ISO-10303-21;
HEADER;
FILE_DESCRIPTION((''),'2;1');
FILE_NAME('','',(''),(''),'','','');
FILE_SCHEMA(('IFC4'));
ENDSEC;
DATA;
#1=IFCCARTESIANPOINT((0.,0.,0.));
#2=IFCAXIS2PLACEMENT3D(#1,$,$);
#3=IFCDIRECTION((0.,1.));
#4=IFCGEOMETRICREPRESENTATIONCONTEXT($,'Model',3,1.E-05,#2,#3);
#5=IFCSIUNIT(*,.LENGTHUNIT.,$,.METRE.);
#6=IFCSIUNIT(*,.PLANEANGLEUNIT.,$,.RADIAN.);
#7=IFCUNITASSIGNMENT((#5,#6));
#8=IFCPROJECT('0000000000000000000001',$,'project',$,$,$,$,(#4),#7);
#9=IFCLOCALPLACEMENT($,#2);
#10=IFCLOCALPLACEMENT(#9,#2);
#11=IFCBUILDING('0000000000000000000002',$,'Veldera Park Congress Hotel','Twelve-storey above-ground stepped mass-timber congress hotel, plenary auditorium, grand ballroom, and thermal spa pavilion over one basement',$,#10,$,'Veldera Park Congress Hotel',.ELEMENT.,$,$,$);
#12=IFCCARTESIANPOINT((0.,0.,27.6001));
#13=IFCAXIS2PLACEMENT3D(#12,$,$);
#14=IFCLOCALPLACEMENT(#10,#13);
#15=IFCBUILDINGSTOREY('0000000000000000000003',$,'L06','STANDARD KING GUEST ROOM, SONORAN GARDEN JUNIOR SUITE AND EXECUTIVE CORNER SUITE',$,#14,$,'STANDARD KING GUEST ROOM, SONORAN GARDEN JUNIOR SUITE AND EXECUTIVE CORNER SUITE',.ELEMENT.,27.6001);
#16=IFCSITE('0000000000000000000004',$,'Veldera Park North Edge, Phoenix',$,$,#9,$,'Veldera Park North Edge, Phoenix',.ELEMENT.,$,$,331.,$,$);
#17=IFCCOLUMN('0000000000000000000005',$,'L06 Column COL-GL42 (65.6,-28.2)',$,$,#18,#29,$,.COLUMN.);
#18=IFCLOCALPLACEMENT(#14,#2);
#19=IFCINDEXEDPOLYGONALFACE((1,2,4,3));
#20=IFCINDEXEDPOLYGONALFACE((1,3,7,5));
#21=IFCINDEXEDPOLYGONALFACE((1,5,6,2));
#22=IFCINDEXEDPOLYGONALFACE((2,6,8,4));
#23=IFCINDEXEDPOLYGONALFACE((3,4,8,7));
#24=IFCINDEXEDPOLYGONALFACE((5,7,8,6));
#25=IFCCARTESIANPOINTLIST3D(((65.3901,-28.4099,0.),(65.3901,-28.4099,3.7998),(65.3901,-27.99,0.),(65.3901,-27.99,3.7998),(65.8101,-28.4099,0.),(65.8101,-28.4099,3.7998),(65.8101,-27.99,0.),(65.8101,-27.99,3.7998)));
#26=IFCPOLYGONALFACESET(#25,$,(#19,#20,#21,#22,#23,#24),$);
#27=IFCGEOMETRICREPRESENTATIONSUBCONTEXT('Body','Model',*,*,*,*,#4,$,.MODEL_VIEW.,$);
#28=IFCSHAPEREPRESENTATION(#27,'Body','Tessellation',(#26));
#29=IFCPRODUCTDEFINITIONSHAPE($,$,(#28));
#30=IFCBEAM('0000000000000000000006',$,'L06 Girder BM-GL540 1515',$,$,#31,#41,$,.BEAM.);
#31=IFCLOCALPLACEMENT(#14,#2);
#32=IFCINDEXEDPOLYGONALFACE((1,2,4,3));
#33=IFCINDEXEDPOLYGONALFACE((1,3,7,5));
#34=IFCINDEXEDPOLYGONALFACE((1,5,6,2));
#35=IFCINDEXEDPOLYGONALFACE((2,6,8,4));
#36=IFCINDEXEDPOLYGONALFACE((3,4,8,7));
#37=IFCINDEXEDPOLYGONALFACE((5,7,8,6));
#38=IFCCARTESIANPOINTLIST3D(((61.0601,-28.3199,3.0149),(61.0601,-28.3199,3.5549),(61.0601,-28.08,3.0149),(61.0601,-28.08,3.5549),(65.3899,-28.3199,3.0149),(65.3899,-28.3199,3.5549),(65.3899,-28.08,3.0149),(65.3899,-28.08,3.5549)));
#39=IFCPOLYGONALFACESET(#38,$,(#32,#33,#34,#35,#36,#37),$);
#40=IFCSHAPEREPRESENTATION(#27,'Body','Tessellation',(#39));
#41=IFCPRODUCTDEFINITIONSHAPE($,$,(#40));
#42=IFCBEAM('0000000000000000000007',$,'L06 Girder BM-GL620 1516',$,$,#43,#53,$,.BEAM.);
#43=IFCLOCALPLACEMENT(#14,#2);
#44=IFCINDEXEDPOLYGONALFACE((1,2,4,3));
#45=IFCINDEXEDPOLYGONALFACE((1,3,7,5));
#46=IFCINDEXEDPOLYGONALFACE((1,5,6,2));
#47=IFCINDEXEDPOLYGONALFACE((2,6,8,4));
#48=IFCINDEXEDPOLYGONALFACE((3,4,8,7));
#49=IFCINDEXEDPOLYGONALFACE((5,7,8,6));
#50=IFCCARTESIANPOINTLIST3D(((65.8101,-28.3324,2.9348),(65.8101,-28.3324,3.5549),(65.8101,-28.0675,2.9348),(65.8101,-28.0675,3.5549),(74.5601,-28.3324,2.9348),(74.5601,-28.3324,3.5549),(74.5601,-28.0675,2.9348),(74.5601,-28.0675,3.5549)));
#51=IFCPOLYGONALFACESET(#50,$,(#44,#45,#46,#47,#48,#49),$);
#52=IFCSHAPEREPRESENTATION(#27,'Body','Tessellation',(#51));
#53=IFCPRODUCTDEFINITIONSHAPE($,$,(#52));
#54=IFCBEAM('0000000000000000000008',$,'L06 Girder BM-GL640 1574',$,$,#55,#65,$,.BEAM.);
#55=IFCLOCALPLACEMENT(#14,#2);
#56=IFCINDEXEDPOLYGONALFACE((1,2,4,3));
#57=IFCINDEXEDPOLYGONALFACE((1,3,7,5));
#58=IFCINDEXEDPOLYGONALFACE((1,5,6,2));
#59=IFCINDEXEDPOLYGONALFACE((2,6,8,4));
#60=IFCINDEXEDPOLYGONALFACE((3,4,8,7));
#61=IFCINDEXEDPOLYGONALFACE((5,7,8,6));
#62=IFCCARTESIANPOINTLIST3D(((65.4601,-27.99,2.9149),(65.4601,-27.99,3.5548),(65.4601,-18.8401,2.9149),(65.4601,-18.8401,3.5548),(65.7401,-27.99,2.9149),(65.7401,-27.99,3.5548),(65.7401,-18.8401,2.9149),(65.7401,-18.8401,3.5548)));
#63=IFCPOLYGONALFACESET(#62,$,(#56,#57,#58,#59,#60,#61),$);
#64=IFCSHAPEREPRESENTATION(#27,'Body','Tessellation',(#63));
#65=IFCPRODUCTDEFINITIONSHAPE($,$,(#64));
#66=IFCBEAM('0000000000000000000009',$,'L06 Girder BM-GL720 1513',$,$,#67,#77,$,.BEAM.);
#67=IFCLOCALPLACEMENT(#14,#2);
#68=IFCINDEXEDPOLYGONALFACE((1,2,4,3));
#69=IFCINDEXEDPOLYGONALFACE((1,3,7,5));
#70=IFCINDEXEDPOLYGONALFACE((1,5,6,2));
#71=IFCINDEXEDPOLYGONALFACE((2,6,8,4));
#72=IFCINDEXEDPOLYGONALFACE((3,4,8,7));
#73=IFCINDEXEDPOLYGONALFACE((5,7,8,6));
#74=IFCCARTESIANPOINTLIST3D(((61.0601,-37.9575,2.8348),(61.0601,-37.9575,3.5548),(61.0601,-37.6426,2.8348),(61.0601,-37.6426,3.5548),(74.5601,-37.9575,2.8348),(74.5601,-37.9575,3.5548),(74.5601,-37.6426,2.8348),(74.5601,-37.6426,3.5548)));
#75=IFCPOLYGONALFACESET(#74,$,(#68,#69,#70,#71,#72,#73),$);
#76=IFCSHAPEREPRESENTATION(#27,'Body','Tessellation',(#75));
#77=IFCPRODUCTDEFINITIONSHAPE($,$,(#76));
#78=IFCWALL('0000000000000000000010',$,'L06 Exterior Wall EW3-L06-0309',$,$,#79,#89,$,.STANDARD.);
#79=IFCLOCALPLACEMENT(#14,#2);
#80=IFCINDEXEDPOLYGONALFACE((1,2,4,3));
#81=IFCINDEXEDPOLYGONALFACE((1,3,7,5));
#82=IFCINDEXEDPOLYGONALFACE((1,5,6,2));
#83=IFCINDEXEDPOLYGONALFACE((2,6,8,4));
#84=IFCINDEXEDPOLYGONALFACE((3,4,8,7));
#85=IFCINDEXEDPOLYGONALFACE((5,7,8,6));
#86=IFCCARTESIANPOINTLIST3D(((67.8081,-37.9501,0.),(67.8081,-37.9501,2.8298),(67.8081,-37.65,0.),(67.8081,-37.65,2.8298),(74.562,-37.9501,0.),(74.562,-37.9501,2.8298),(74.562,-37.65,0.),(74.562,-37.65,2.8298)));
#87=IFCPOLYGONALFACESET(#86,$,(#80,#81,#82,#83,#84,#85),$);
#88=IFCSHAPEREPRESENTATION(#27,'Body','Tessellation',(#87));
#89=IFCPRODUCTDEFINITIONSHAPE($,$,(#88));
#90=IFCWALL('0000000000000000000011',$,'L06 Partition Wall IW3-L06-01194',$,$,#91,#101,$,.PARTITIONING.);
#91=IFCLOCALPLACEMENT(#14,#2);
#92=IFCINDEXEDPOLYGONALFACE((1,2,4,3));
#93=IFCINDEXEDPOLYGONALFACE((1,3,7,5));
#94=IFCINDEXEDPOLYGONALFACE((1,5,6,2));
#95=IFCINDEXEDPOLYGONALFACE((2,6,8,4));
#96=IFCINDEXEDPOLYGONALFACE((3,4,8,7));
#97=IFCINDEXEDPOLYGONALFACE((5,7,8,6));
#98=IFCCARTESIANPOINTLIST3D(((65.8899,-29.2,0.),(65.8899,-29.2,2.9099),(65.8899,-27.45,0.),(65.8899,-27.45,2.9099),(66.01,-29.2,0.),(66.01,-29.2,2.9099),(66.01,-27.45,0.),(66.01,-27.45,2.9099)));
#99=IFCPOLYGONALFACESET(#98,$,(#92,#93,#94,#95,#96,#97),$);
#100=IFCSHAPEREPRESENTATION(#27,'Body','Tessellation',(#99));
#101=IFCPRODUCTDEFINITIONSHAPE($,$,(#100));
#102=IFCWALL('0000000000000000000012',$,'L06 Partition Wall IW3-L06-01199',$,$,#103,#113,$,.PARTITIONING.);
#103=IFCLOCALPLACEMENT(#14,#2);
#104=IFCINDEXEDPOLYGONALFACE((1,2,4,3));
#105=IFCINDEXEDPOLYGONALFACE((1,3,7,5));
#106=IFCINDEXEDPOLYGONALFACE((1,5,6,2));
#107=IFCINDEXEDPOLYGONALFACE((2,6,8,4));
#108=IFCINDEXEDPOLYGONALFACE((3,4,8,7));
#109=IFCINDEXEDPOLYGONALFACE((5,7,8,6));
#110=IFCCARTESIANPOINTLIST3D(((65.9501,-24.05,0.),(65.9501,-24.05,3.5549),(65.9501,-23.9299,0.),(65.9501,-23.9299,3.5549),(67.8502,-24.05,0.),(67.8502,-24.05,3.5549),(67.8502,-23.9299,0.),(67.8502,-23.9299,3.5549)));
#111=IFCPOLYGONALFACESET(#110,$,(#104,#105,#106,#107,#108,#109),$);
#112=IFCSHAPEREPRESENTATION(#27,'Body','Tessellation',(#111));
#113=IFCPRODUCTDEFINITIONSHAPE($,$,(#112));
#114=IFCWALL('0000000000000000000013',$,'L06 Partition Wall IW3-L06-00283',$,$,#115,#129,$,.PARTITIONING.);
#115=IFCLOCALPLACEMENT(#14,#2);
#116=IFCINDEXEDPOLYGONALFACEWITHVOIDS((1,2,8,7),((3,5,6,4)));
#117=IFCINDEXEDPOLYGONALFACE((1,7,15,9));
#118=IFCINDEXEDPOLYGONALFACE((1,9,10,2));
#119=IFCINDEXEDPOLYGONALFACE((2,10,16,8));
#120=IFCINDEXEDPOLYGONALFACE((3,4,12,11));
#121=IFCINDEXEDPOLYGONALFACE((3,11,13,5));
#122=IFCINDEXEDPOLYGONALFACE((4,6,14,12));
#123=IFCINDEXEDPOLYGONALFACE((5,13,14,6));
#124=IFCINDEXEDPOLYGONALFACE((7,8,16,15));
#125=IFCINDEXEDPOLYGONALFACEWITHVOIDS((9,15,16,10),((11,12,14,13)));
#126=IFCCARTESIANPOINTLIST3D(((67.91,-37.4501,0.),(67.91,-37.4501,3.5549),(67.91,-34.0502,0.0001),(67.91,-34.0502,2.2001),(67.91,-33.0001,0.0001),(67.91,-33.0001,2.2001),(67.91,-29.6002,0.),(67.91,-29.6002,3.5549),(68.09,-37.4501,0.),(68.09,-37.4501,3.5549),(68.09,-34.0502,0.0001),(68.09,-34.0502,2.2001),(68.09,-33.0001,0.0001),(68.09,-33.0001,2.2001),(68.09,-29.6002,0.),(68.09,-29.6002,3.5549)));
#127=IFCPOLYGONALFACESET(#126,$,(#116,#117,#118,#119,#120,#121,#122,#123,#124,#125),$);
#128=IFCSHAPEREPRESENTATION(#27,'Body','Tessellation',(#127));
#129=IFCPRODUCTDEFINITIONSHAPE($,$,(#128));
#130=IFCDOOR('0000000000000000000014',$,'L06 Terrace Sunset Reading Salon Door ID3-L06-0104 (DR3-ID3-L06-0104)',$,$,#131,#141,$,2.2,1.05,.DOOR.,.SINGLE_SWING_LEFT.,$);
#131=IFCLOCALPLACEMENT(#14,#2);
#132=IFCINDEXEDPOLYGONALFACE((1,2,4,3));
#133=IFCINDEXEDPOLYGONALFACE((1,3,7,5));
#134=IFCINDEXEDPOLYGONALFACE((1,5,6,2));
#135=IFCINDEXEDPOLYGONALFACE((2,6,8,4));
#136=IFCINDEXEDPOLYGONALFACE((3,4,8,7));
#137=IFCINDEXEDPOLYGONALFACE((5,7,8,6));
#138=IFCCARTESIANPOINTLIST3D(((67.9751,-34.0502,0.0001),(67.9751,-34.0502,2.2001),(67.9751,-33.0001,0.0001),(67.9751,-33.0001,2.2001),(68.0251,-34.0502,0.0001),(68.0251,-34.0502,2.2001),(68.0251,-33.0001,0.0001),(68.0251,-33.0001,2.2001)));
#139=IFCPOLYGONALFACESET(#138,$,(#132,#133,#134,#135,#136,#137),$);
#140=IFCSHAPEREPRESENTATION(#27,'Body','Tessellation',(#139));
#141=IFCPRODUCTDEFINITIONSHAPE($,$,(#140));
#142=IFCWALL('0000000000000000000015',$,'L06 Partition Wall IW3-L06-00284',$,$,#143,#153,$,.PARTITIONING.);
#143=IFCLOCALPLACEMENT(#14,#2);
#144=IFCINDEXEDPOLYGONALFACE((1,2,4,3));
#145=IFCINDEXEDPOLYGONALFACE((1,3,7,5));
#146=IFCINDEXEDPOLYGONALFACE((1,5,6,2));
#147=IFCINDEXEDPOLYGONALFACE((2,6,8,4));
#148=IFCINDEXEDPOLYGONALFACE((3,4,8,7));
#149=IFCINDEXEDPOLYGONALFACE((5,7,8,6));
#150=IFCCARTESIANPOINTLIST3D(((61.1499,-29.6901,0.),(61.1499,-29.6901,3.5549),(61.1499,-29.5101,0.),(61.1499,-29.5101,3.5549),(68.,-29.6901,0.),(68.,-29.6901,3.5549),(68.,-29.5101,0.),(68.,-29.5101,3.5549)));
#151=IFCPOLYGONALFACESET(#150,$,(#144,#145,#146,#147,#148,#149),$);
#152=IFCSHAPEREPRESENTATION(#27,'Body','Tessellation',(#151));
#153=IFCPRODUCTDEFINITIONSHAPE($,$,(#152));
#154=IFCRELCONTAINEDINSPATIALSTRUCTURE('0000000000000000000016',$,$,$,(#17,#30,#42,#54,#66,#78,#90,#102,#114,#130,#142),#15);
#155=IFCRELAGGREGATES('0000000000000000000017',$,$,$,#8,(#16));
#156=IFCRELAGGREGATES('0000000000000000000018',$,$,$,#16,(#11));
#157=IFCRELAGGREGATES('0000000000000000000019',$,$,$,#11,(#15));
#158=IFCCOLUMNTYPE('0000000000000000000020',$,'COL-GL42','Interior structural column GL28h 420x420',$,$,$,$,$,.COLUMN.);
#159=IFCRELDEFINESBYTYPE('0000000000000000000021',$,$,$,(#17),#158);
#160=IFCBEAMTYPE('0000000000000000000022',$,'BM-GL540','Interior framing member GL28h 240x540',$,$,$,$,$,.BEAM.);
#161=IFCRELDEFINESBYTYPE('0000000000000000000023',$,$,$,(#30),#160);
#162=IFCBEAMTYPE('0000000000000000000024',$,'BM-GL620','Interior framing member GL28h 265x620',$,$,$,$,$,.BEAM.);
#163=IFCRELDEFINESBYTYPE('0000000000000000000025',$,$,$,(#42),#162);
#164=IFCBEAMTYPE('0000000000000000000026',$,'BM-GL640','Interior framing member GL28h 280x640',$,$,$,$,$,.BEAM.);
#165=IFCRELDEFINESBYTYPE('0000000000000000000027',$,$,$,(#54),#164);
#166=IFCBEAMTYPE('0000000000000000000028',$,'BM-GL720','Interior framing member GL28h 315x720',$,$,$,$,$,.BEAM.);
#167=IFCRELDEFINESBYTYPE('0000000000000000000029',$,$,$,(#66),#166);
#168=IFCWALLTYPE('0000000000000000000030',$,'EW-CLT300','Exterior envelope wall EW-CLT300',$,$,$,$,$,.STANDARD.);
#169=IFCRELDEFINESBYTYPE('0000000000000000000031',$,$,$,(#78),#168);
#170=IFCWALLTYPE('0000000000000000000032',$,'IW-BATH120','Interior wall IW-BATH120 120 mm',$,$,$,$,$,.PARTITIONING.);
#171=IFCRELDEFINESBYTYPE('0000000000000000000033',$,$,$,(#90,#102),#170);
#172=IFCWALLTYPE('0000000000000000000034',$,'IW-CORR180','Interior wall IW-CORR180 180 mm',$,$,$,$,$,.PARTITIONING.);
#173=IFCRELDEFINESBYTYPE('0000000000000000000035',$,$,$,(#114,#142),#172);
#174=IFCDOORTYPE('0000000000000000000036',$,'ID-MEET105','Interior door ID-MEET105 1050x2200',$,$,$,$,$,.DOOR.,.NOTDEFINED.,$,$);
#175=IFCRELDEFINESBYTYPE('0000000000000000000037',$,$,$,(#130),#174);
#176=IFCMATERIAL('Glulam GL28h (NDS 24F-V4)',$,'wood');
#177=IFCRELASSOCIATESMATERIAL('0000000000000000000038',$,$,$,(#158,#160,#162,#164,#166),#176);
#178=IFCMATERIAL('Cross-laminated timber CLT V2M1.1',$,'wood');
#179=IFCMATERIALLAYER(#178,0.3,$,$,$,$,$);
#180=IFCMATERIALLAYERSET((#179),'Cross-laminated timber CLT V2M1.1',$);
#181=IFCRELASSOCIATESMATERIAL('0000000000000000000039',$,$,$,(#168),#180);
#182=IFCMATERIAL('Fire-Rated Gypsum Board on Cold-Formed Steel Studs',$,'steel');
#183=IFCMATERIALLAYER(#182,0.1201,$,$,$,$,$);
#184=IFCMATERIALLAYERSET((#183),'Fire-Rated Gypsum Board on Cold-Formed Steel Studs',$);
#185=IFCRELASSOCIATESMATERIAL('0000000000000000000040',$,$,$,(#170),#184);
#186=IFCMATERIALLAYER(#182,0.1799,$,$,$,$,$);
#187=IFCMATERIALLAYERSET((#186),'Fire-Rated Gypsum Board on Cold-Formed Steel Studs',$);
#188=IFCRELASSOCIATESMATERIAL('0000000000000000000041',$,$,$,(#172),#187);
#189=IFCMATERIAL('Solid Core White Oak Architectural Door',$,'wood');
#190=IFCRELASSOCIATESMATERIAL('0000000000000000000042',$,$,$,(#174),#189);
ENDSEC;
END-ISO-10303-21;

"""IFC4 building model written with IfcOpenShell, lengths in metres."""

from ifc_helpers import new_model, si_unit, direction, frame, frame_2d, origin, origin_2d, place, context, subcontext, project, spatial, rectangle, extrude, material, layer, layer_set, material_profile, profile_set, type_object, element, fill, save


model = new_model("IFC4")

# Units and contexts
model_context = context("Model", 3, precision=1e-05, world=origin(), true_north=direction((0.0, 1.0)))
body_context = subcontext(model_context, "Body", "Model", "MODEL_VIEW")
ifc_project = project(units=[si_unit("LENGTHUNIT", "METRE"), si_unit("PLANEANGLEUNIT", "RADIAN")], contexts=[model_context])

# Site, building, storey
site_placement = place(None, origin())
site = spatial("IfcSite", under=ifc_project, at=site_placement, Name="Veldera Park North Edge, Phoenix", LongName="Veldera Park North Edge, Phoenix", CompositionType="ELEMENT", RefElevation=331.0)
building_placement = place(site_placement, origin())
building = spatial("IfcBuilding", under=site, at=building_placement, Name="Veldera Park Congress Hotel", Description="Twelve-storey above-ground stepped mass-timber congress hotel, plenary auditorium, grand ballroom, and thermal spa pavilion over one basement", LongName="Veldera Park Congress Hotel", CompositionType="ELEMENT")
storey_placement = place(building_placement, frame((0.0, 0.0, 27.6001)))
storey = spatial("IfcBuildingStorey", under=building, at=storey_placement, Name="L06", Description="STANDARD KING GUEST ROOM, SONORAN GARDEN JUNIOR SUITE AND EXECUTIVE CORNER SUITE", LongName="STANDARD KING GUEST ROOM, SONORAN GARDEN JUNIOR SUITE AND EXECUTIVE CORNER SUITE", CompositionType="ELEMENT", Elevation=27.6001)

# Column
ifc_material_1 = material(Name="Glulam GL28h (NDS 24F-V4)", Category="wood")
ifc_material_profile_1 = material_profile(ifc_material_1, rectangle(XDim=0.4199, YDim=0.4199, at=origin_2d()), Name="GL28h 420x420")
ifc_profile_set_1 = profile_set([ifc_material_profile_1], Name="Glulam GL28h (NDS 24F-V4)")
column_type = type_object("IfcColumnType", Name="COL-GL42", Description="Interior structural column GL28h 420x420", PredefinedType="COLUMN", material=ifc_profile_set_1)
column_placement = place(storey_placement, frame((65.6001, -28.2, 0.0), z_axis=(0.0, 0.0, 1.0), x_axis=(1.0, 0.0, 0.0)))
element("IfcColumn", 1, at=column_placement, inside=storey, type_object=column_type, Name="L06 Column COL-GL42 (65.6,-28.2)", PredefinedType="COLUMN", context=body_context, shape_type="SweptSolid", body=[
    extrude(rectangle(XDim=0.4199, YDim=0.4199, at=origin_2d()), origin(), (0.0, 0.0, 1.0), 3.7998),
])

# Beams
ifc_material_profile_2 = material_profile(ifc_material_1, rectangle(XDim=0.24, YDim=0.54, at=origin_2d()), Name="GL28h 240x540")
ifc_profile_set_2 = profile_set([ifc_material_profile_2], Name="Glulam GL28h (NDS 24F-V4)")
beam_type_1 = type_object("IfcBeamType", Name="BM-GL540", Description="Interior framing member GL28h 240x540", PredefinedType="BEAM", material=ifc_profile_set_2)
beam_1_placement = place(storey_placement, frame((61.0601, -28.2, 3.2849), z_axis=(1.0, 0.0, 0.0), x_axis=(0.0, 1.0, 0.0)))
element("IfcBeam", 2, at=beam_1_placement, inside=storey, type_object=beam_type_1, Name="L06 Girder BM-GL540 1515", PredefinedType="BEAM", context=body_context, shape_type="SweptSolid", body=[
    extrude(rectangle(XDim=0.24, YDim=0.54, at=origin_2d()), origin(), (0.0, 0.0, 1.0), 4.3298),
])
ifc_material_profile_3 = material_profile(ifc_material_1, rectangle(XDim=0.2649, YDim=0.6201, at=origin_2d()), Name="GL28h 265x620")
ifc_profile_set_3 = profile_set([ifc_material_profile_3], Name="Glulam GL28h (NDS 24F-V4)")
beam_type_2 = type_object("IfcBeamType", Name="BM-GL620", Description="Interior framing member GL28h 265x620", PredefinedType="BEAM", material=ifc_profile_set_3)
beam_2_placement = place(storey_placement, frame((65.8101, -28.2, 3.2449), z_axis=(1.0, 0.0, 0.0), x_axis=(0.0, 1.0, 0.0)))
element("IfcBeam", 3, at=beam_2_placement, inside=storey, type_object=beam_type_2, Name="L06 Girder BM-GL620 1516", PredefinedType="BEAM", context=body_context, shape_type="SweptSolid", body=[
    extrude(rectangle(XDim=0.2649, YDim=0.6201, at=origin_2d()), origin(), (0.0, 0.0, 1.0), 8.75),
])
ifc_material_profile_4 = material_profile(ifc_material_1, rectangle(XDim=0.28, YDim=0.6399, at=origin_2d()), Name="GL28h 280x640")
ifc_profile_set_4 = profile_set([ifc_material_profile_4], Name="Glulam GL28h (NDS 24F-V4)")
beam_type_3 = type_object("IfcBeamType", Name="BM-GL640", Description="Interior framing member GL28h 280x640", PredefinedType="BEAM", material=ifc_profile_set_4)
beam_3_placement = place(storey_placement, frame((65.6001, -27.99, 3.2349), z_axis=(0.0, 1.0, 0.0), x_axis=(-1.0, 0.0, 0.0)))
element("IfcBeam", 4, at=beam_3_placement, inside=storey, type_object=beam_type_3, Name="L06 Girder BM-GL640 1574", PredefinedType="BEAM", context=body_context, shape_type="SweptSolid", body=[
    extrude(rectangle(XDim=0.28, YDim=0.6399, at=origin_2d()), origin(), (0.0, 0.0, 1.0), 9.1499),
])
ifc_material_profile_5 = material_profile(ifc_material_1, rectangle(XDim=0.3149, YDim=0.72, at=origin_2d()), Name="GL28h 315x720")
ifc_profile_set_5 = profile_set([ifc_material_profile_5], Name="Glulam GL28h (NDS 24F-V4)")
beam_type_4 = type_object("IfcBeamType", Name="BM-GL720", Description="Interior framing member GL28h 315x720", PredefinedType="BEAM", material=ifc_profile_set_5)
beam_4_placement = place(storey_placement, frame((61.0601, -37.8, 3.1948), z_axis=(1.0, 0.0, 0.0), x_axis=(0.0, 1.0, 0.0)))
element("IfcBeam", 5, at=beam_4_placement, inside=storey, type_object=beam_type_4, Name="L06 Girder BM-GL720 1513", PredefinedType="BEAM", context=body_context, shape_type="SweptSolid", body=[
    extrude(rectangle(XDim=0.3149, YDim=0.72, at=origin_2d()), origin(), (0.0, 0.0, 1.0), 13.5),
])

# Walls
ifc_material_2 = material(Name="Cross-laminated timber CLT V2M1.1", Category="wood")
ifc_layer_1 = layer(ifc_material_2, 0.3)
ifc_layer_set_1 = layer_set([ifc_layer_1], Name="Cross-laminated timber CLT V2M1.1")
wall_type_1 = type_object("IfcWallType", Name="EW-CLT300", Description="Exterior envelope wall EW-CLT300", PredefinedType="STANDARD", material=ifc_layer_set_1)
wall_1_placement = place(storey_placement, frame((67.8081, -37.8, 0.0), z_axis=(0.0, 0.0, 1.0), x_axis=(1.0, 0.0, 0.0)))
element("IfcWall", 6, at=wall_1_placement, inside=storey, type_object=wall_type_1, Name="L06 Exterior Wall EW3-L06-0309", PredefinedType="STANDARD", context=body_context, shape_type="SweptSolid", body=[
    extrude(rectangle(XDim=6.7539, YDim=0.3, at=frame_2d((3.377, 0.0))), origin(), (0.0, 0.0, 1.0), 2.8298),
])
ifc_material_3 = material(Name="Fire-Rated Gypsum Board on Cold-Formed Steel Studs", Category="steel")
ifc_layer_2 = layer(ifc_material_3, 0.1201)
ifc_layer_set_2 = layer_set([ifc_layer_2], Name="Fire-Rated Gypsum Board on Cold-Formed Steel Studs")
wall_type_2 = type_object("IfcWallType", Name="IW-BATH120", Description="Interior wall IW-BATH120 120 mm", PredefinedType="PARTITIONING", material=ifc_layer_set_2)
wall_2_placement = place(storey_placement, frame((65.95, -29.2, 0.0), z_axis=(0.0, 0.0, 1.0), x_axis=(0.0, 1.0, 0.0)))
element("IfcWall", 7, at=wall_2_placement, inside=storey, type_object=wall_type_2, Name="L06 Partition Wall IW3-L06-01194", PredefinedType="PARTITIONING", context=body_context, shape_type="SweptSolid", body=[
    extrude(rectangle(XDim=1.75, YDim=0.1201, at=frame_2d((0.875, 0.0))), origin(), (0.0, 0.0, 1.0), 2.9099),
])

# Shared definitions
ifc_material_4 = material(Name="Solid Core White Oak Architectural Door", Category="wood")

# Wall
wall_3_placement = place(storey_placement, frame((65.95, -23.99, 0.0), z_axis=(0.0, 0.0, 1.0), x_axis=(1.0, 0.0, 0.0)))
element("IfcWall", 8, at=wall_3_placement, inside=storey, type_object=wall_type_2, Name="L06 Partition Wall IW3-L06-01199", PredefinedType="PARTITIONING", context=body_context, shape_type="SweptSolid", body=[
    extrude(rectangle(XDim=1.9001, YDim=0.1201, at=frame_2d((0.9502, 0.0))), origin(), (0.0, 0.0, 1.0), 3.5549),
])

# Wall, opening, door
ifc_layer_3 = layer(ifc_material_3, 0.1799)
ifc_layer_set_3 = layer_set([ifc_layer_3], Name="Fire-Rated Gypsum Board on Cold-Formed Steel Studs")
wall_type_3 = type_object("IfcWallType", Name="IW-CORR180", Description="Interior wall IW-CORR180 180 mm", PredefinedType="PARTITIONING", material=ifc_layer_set_3)
wall_4_placement = place(storey_placement, frame((68.0, -37.45, 0.0), z_axis=(0.0, 0.0, 1.0), x_axis=(0.0, 1.0, 0.0)))
wall_4 = element("IfcWall", 9, at=wall_4_placement, inside=storey, type_object=wall_type_3, Name="L06 Partition Wall IW3-L06-00283", PredefinedType="PARTITIONING", context=body_context, shape_type="SweptSolid", body=[
    extrude(rectangle(XDim=7.8499, YDim=0.1799, at=frame_2d((3.9248, 0.0))), origin(), (0.0, 0.0, 1.0), 3.5549),
])
opening_1_placement = place(wall_4_placement, frame((3.3999, 0.0, 0.0)))
opening_1 = element("IfcOpeningElement", 10, at=opening_1_placement, cuts=wall_4, PredefinedType="OPENING", context=body_context, shape_type="SweptSolid", body=[
    extrude(rectangle(XDim=1.05, YDim=2.2, at=frame_2d((0.5249, 1.1001))), frame((0.0, 0.1021, 0.0), z_axis=(0.0, -1.0, 0.0), x_axis=(1.0, 0.0, 0.0)), (0.0, 0.0, 1.0), 0.2039),
])
door_type_1 = type_object("IfcDoorType", Name="ID-MEET105", Description="Interior door ID-MEET105 1050x2200", OperationType="NOTDEFINED", PredefinedType="DOOR", material=ifc_material_4)
door_1_placement = place(opening_1_placement, origin())
door_1 = element("IfcDoor", 11, at=door_1_placement, inside=storey, type_object=door_type_1, Name="L06 Terrace Sunset Reading Salon Door ID3-L06-0104 (DR3-ID3-L06-0104)", OperationType="SINGLE_SWING_LEFT", OverallHeight=2.2, OverallWidth=1.05, PredefinedType="DOOR", context=body_context, shape_type="SweptSolid", body=[
    extrude(rectangle(XDim=1.05, YDim=2.2, at=frame_2d((0.5249, 1.1001))), frame((0.0, 0.0249, 0.0), z_axis=(0.0, -1.0, 0.0), x_axis=(1.0, 0.0, 0.0)), (0.0, 0.0, 1.0), 0.05),
])
fill(opening_1, door_1)

# Wall
wall_5_placement = place(storey_placement, frame((68.0, -29.6001, 0.0), z_axis=(0.0, 0.0, 1.0), x_axis=(-1.0, 0.0, 0.0)))
element("IfcWall", 12, at=wall_5_placement, inside=storey, type_object=wall_type_3, Name="L06 Partition Wall IW3-L06-00284", PredefinedType="PARTITIONING", context=body_context, shape_type="SweptSolid", body=[
    extrude(rectangle(XDim=6.8501, YDim=0.1799, at=frame_2d((3.425, 0.0))), origin(), (0.0, 0.0, 1.0), 3.5549),
])

save(model, "model.ifc")
